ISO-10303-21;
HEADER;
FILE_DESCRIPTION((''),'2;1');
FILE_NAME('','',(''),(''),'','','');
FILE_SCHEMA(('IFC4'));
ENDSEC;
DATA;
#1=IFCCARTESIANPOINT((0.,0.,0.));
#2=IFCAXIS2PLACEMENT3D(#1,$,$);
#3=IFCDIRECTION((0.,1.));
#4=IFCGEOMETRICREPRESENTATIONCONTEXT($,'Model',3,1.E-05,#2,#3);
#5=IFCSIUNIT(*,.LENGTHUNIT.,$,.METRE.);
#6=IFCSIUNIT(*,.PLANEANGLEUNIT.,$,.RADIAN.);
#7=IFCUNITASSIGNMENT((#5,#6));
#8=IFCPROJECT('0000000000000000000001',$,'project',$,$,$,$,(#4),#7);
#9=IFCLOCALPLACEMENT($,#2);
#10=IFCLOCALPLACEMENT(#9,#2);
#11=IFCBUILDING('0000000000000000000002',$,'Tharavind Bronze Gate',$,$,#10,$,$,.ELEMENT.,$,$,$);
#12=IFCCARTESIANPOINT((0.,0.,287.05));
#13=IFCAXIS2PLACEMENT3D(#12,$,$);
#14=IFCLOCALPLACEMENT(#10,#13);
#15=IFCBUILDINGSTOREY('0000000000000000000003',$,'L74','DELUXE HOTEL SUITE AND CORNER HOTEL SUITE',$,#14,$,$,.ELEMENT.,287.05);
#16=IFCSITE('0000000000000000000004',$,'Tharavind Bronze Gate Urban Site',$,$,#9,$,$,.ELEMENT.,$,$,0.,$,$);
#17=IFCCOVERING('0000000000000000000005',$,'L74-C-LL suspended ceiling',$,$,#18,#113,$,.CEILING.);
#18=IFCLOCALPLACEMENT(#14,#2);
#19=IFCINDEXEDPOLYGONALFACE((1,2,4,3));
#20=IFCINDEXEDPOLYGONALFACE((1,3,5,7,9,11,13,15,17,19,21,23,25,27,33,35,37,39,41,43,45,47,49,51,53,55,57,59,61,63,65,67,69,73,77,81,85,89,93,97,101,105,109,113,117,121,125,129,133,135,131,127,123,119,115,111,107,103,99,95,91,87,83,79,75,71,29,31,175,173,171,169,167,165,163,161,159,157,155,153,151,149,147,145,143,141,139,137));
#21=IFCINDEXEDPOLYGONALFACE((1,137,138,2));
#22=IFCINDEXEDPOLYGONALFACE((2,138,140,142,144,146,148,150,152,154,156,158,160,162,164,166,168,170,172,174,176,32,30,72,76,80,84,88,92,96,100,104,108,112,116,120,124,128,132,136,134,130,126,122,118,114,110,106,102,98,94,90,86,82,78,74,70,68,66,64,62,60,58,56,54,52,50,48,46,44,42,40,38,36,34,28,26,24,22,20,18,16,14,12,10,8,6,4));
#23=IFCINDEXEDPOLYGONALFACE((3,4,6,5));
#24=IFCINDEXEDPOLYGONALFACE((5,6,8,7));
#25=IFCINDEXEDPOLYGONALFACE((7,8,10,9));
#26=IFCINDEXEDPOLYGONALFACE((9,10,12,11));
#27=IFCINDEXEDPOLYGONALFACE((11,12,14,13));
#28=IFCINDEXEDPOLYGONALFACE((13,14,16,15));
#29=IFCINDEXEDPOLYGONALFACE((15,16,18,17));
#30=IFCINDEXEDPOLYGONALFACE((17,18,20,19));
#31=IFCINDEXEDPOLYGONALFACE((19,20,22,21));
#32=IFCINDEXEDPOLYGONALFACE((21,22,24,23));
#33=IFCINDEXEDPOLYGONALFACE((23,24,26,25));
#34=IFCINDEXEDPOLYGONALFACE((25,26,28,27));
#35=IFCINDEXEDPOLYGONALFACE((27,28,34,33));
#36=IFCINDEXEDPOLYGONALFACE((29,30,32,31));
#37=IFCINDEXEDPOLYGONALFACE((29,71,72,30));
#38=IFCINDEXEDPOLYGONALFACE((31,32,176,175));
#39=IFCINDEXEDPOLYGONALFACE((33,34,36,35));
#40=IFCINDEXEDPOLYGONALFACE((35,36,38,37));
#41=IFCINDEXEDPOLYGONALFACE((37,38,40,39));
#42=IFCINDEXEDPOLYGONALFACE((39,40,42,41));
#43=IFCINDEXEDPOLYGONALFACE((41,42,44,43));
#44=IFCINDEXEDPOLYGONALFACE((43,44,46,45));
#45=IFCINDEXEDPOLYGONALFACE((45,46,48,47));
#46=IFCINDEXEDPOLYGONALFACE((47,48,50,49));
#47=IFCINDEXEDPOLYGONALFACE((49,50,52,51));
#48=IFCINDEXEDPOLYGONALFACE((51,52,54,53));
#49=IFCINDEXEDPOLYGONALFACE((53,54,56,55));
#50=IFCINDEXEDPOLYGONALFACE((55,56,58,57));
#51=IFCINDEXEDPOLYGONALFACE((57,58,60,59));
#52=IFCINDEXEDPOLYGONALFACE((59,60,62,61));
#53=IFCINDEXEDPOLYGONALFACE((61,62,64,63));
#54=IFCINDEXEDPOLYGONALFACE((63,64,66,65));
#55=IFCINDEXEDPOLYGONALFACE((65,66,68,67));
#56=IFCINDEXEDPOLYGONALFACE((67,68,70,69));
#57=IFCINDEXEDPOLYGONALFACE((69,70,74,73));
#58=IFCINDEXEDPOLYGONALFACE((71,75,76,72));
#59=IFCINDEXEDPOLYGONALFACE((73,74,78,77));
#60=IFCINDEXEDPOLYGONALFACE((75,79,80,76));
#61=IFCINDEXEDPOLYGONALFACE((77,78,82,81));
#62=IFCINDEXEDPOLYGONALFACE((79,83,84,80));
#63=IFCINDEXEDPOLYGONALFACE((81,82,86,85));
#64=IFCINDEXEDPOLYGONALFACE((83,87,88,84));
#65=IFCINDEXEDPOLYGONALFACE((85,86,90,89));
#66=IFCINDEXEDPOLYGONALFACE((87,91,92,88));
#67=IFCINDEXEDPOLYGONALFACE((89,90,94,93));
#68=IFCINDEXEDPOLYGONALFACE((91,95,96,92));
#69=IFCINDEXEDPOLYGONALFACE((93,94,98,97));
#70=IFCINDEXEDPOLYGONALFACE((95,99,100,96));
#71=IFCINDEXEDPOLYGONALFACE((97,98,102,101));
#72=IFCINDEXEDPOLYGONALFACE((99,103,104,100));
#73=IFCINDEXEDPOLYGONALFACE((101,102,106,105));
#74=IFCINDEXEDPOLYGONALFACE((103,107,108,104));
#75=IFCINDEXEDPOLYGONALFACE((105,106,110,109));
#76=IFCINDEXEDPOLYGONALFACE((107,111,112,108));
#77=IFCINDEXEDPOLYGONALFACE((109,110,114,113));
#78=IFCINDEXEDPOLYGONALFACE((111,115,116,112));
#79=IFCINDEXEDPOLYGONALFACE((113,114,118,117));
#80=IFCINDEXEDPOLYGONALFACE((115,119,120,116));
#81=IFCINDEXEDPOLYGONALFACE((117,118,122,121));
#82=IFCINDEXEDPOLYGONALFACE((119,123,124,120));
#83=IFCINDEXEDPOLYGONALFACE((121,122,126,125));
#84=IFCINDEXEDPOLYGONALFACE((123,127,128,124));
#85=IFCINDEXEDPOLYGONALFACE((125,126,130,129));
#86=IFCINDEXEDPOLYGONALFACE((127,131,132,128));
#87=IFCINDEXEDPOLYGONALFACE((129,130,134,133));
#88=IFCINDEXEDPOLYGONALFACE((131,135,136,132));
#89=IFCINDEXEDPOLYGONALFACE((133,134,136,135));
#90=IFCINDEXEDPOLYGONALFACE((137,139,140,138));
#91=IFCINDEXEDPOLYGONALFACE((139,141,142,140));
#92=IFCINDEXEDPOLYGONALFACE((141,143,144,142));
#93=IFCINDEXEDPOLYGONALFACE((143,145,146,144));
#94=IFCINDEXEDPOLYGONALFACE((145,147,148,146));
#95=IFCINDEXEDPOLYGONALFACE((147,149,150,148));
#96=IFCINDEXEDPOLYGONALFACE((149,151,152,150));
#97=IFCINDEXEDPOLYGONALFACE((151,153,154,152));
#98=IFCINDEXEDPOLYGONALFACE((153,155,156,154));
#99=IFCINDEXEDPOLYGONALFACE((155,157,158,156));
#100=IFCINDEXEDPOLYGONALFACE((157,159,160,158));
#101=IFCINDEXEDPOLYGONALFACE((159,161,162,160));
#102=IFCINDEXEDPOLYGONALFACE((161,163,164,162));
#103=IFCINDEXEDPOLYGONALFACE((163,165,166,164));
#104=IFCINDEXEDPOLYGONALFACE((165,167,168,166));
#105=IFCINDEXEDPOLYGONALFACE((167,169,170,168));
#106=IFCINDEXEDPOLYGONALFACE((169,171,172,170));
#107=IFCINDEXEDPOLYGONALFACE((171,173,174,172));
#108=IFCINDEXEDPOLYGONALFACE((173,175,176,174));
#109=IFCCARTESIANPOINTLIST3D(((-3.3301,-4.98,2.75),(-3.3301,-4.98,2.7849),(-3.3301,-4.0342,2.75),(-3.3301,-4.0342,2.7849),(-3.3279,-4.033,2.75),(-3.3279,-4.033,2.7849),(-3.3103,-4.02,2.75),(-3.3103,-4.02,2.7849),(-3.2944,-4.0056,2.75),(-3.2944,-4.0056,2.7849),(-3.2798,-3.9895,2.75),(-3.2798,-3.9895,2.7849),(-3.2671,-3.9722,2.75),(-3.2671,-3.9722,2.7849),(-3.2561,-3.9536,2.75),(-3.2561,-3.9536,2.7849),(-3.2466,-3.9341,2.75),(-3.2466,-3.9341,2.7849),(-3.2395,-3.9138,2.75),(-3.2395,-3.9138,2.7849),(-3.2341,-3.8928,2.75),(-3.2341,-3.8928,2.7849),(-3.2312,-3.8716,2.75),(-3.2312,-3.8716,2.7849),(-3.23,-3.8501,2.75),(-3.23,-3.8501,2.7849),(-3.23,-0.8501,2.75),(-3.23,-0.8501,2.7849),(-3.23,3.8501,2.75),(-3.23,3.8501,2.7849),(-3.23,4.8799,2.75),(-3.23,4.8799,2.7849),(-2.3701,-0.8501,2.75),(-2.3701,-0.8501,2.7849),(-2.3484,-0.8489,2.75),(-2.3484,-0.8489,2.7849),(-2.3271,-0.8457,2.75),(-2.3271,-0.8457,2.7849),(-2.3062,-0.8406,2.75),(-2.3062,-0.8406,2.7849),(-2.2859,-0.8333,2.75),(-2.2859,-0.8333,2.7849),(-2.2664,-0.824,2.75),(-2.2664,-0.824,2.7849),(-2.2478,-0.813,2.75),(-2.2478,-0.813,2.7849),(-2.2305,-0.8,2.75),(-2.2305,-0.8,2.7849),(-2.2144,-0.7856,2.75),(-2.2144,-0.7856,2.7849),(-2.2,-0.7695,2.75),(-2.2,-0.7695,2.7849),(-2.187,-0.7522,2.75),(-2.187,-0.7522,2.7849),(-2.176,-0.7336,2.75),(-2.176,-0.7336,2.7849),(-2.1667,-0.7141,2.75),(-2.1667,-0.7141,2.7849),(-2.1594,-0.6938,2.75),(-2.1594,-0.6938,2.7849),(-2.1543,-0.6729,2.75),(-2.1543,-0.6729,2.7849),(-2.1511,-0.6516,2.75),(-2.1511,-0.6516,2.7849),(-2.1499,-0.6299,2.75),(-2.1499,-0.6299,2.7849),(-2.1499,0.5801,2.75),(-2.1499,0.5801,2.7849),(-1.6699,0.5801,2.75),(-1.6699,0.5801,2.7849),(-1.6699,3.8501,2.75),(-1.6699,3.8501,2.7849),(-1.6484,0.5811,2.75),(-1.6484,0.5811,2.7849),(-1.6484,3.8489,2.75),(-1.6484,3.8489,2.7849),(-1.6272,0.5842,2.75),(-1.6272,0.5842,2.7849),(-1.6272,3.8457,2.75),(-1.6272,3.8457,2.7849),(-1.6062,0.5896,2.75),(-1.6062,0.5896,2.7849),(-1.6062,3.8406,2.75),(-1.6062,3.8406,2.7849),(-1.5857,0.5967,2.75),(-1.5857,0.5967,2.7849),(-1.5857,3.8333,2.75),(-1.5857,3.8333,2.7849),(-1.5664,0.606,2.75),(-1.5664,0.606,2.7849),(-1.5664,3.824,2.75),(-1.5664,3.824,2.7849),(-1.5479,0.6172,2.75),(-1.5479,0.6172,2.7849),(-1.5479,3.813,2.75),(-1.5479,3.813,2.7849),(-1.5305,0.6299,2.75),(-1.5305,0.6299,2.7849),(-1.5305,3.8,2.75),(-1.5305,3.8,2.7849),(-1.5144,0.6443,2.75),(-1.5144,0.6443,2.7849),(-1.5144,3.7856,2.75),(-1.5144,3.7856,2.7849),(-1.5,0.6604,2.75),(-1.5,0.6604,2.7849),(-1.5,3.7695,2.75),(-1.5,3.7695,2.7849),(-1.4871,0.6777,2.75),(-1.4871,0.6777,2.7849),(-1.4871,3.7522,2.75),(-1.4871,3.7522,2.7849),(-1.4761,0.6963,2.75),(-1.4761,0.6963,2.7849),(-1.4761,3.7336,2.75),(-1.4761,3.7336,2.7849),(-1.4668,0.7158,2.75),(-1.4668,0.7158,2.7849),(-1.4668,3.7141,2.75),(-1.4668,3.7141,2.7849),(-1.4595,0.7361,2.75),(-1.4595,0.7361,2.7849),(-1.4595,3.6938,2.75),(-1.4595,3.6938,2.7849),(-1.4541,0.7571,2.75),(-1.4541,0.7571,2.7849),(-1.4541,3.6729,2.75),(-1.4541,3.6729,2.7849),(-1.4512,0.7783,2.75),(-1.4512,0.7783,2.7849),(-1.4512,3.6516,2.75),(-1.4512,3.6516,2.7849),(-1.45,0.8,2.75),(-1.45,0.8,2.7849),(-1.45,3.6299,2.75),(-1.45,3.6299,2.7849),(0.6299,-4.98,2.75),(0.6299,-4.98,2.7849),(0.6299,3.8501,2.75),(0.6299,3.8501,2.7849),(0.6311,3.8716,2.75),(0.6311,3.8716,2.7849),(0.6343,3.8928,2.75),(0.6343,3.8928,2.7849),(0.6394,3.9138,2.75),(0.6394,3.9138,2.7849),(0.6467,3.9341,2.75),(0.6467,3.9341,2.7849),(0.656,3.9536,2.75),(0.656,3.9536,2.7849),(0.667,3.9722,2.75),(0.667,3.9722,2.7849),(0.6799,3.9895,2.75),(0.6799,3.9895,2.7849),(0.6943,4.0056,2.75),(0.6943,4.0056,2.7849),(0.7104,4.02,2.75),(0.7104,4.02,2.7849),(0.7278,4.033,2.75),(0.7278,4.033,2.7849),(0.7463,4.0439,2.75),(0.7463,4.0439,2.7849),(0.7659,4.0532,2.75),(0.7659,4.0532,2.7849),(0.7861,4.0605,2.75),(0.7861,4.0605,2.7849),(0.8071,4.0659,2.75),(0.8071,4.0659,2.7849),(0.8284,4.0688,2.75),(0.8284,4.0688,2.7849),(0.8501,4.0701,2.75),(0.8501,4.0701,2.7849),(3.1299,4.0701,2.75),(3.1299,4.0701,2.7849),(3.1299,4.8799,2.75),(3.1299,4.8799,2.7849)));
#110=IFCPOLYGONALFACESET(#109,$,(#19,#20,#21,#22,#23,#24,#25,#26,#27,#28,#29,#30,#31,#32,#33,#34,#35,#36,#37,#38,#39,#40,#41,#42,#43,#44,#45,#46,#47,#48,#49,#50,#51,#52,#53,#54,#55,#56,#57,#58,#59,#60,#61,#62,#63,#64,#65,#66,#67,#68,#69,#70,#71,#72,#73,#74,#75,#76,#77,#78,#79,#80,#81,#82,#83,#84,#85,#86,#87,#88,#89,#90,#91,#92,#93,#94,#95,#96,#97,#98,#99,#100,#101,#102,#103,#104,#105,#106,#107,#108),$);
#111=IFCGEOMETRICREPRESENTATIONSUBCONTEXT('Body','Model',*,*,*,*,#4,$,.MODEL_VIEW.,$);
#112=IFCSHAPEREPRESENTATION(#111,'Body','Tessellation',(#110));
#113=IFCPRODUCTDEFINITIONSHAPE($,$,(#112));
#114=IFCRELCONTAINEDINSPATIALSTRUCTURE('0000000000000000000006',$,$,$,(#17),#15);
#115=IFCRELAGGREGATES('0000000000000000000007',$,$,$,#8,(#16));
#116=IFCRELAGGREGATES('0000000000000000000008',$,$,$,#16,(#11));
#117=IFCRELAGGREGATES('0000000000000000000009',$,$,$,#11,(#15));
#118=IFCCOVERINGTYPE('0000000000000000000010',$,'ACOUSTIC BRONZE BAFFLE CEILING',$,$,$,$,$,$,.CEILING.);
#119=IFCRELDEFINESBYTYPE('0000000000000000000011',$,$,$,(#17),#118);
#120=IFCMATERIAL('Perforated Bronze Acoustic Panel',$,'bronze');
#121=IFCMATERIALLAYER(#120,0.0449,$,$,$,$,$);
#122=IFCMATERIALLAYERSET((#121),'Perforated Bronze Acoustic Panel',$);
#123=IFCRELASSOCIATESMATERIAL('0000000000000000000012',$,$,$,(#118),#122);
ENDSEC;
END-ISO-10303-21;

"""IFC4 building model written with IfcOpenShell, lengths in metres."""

from ifc_helpers import new_model, si_unit, direction, frame, origin, place, context, subcontext, project, spatial, polyline, outline, extrude, material, layer, layer_set, type_object, element, save


model = new_model("IFC4")

# Units and contexts
model_context = context("Model", 3, precision=1e-05, world=origin(), true_north=direction((0.0, 1.0)))
body_context = subcontext(model_context, "Body", "Model", "MODEL_VIEW")
ifc_project = project(units=[si_unit("LENGTHUNIT", "METRE"), si_unit("PLANEANGLEUNIT", "RADIAN")], contexts=[model_context])

# Site, building, storey
site_placement = place(None, origin())
site = spatial("IfcSite", under=ifc_project, at=site_placement, Name="Tharavind Bronze Gate Urban Site", CompositionType="ELEMENT", RefElevation=0.0)
building_placement = place(site_placement, origin())
building = spatial("IfcBuilding", under=site, at=building_placement, Name="Tharavind Bronze Gate", CompositionType="ELEMENT")
storey_placement = place(building_placement, frame((0.0, 0.0, 287.05)))
storey = spatial("IfcBuildingStorey", under=building, at=storey_placement, Name="L74", Description="DELUXE HOTEL SUITE AND CORNER HOTEL SUITE", CompositionType="ELEMENT", Elevation=287.05)

# Covering
ifc_material_1 = material(Name="Perforated Bronze Acoustic Panel", Category="bronze")
ifc_layer_1 = layer(ifc_material_1, 0.0449)
ifc_layer_set_1 = layer_set([ifc_layer_1], Name="Perforated Bronze Acoustic Panel")
covering_type_1 = type_object("IfcCoveringType", Name="ACOUSTIC BRONZE BAFFLE CEILING", PredefinedType="CEILING", material=ifc_layer_set_1)
covering_1_placement = place(storey_placement, frame((0.0, 0.0, 2.75)))
element("IfcCovering", 1, at=covering_1_placement, inside=storey, type_object=covering_type_1, Name="L74-C-LL suspended ceiling", PredefinedType="CEILING", context=body_context, shape_type="SweptSolid", body=[
    extrude(outline(polyline([(-3.3301, -4.98), (0.6299, -4.98), (0.6299, 3.8501), (0.6311, 3.8716), (0.6343, 3.8928), (0.6394, 3.9138), (0.6467, 3.9341), (0.656, 3.9536), (0.667, 3.9722), (0.6799, 3.9895), (0.6943, 4.0056), (0.7104, 4.02), (0.7278, 4.033), (0.7463, 4.0439), (0.7659, 4.0532), (0.7861, 4.0605), (0.8071, 4.0659), (0.8284, 4.0688), (0.8501, 4.0701), (3.1299, 4.0701), (3.1299, 4.8799), (-3.23, 4.8799), (-3.23, 3.8501), (-1.6699, 3.8501), (-1.6484, 3.8489), (-1.6272, 3.8457), (-1.6062, 3.8406), (-1.5857, 3.8333), (-1.5664, 3.824), (-1.5479, 3.813), (-1.5305, 3.8), (-1.5144, 3.7856), (-1.5, 3.7695), (-1.4871, 3.7522), (-1.4761, 3.7336), (-1.4668, 3.7141), (-1.4595, 3.6938), (-1.4541, 3.6729), (-1.4512, 3.6516), (-1.45, 3.6299), (-1.45, 0.8), (-1.4512, 0.7783), (-1.4541, 0.7571), (-1.4595, 0.7361), (-1.4668, 0.7158), (-1.4761, 0.6963), (-1.4871, 0.6777), (-1.5, 0.6604), (-1.5144, 0.6443), (-1.5305, 0.6299), (-1.5479, 0.6172), (-1.5664, 0.606), (-1.5857, 0.5967), (-1.6062, 0.5896), (-1.6272, 0.5842), (-1.6484, 0.5811), (-1.6699, 0.5801), (-2.1499, 0.5801), (-2.1499, -0.6299), (-2.1511, -0.6516), (-2.1543, -0.6729), (-2.1594, -0.6938), (-2.1667, -0.7141), (-2.176, -0.7336), (-2.187, -0.7522), (-2.2, -0.7695), (-2.2144, -0.7856), (-2.2305, -0.8), (-2.2478, -0.813), (-2.2664, -0.824), (-2.2859, -0.8333), (-2.3062, -0.8406), (-2.3271, -0.8457), (-2.3484, -0.8489), (-2.3701, -0.8501), (-3.23, -0.8501), (-3.23, -3.8501), (-3.2312, -3.8716), (-3.2341, -3.8928), (-3.2395, -3.9138), (-3.2466, -3.9341), (-3.2561, -3.9536), (-3.2671, -3.9722), (-3.2798, -3.9895), (-3.2944, -4.0056), (-3.3103, -4.02), (-3.3279, -4.033), (-3.3301, -4.0342), (-3.3301, -4.98)])), origin(), (0.0, 0.0, 1.0), 0.0349),
])

save(model, "model.ifc")
